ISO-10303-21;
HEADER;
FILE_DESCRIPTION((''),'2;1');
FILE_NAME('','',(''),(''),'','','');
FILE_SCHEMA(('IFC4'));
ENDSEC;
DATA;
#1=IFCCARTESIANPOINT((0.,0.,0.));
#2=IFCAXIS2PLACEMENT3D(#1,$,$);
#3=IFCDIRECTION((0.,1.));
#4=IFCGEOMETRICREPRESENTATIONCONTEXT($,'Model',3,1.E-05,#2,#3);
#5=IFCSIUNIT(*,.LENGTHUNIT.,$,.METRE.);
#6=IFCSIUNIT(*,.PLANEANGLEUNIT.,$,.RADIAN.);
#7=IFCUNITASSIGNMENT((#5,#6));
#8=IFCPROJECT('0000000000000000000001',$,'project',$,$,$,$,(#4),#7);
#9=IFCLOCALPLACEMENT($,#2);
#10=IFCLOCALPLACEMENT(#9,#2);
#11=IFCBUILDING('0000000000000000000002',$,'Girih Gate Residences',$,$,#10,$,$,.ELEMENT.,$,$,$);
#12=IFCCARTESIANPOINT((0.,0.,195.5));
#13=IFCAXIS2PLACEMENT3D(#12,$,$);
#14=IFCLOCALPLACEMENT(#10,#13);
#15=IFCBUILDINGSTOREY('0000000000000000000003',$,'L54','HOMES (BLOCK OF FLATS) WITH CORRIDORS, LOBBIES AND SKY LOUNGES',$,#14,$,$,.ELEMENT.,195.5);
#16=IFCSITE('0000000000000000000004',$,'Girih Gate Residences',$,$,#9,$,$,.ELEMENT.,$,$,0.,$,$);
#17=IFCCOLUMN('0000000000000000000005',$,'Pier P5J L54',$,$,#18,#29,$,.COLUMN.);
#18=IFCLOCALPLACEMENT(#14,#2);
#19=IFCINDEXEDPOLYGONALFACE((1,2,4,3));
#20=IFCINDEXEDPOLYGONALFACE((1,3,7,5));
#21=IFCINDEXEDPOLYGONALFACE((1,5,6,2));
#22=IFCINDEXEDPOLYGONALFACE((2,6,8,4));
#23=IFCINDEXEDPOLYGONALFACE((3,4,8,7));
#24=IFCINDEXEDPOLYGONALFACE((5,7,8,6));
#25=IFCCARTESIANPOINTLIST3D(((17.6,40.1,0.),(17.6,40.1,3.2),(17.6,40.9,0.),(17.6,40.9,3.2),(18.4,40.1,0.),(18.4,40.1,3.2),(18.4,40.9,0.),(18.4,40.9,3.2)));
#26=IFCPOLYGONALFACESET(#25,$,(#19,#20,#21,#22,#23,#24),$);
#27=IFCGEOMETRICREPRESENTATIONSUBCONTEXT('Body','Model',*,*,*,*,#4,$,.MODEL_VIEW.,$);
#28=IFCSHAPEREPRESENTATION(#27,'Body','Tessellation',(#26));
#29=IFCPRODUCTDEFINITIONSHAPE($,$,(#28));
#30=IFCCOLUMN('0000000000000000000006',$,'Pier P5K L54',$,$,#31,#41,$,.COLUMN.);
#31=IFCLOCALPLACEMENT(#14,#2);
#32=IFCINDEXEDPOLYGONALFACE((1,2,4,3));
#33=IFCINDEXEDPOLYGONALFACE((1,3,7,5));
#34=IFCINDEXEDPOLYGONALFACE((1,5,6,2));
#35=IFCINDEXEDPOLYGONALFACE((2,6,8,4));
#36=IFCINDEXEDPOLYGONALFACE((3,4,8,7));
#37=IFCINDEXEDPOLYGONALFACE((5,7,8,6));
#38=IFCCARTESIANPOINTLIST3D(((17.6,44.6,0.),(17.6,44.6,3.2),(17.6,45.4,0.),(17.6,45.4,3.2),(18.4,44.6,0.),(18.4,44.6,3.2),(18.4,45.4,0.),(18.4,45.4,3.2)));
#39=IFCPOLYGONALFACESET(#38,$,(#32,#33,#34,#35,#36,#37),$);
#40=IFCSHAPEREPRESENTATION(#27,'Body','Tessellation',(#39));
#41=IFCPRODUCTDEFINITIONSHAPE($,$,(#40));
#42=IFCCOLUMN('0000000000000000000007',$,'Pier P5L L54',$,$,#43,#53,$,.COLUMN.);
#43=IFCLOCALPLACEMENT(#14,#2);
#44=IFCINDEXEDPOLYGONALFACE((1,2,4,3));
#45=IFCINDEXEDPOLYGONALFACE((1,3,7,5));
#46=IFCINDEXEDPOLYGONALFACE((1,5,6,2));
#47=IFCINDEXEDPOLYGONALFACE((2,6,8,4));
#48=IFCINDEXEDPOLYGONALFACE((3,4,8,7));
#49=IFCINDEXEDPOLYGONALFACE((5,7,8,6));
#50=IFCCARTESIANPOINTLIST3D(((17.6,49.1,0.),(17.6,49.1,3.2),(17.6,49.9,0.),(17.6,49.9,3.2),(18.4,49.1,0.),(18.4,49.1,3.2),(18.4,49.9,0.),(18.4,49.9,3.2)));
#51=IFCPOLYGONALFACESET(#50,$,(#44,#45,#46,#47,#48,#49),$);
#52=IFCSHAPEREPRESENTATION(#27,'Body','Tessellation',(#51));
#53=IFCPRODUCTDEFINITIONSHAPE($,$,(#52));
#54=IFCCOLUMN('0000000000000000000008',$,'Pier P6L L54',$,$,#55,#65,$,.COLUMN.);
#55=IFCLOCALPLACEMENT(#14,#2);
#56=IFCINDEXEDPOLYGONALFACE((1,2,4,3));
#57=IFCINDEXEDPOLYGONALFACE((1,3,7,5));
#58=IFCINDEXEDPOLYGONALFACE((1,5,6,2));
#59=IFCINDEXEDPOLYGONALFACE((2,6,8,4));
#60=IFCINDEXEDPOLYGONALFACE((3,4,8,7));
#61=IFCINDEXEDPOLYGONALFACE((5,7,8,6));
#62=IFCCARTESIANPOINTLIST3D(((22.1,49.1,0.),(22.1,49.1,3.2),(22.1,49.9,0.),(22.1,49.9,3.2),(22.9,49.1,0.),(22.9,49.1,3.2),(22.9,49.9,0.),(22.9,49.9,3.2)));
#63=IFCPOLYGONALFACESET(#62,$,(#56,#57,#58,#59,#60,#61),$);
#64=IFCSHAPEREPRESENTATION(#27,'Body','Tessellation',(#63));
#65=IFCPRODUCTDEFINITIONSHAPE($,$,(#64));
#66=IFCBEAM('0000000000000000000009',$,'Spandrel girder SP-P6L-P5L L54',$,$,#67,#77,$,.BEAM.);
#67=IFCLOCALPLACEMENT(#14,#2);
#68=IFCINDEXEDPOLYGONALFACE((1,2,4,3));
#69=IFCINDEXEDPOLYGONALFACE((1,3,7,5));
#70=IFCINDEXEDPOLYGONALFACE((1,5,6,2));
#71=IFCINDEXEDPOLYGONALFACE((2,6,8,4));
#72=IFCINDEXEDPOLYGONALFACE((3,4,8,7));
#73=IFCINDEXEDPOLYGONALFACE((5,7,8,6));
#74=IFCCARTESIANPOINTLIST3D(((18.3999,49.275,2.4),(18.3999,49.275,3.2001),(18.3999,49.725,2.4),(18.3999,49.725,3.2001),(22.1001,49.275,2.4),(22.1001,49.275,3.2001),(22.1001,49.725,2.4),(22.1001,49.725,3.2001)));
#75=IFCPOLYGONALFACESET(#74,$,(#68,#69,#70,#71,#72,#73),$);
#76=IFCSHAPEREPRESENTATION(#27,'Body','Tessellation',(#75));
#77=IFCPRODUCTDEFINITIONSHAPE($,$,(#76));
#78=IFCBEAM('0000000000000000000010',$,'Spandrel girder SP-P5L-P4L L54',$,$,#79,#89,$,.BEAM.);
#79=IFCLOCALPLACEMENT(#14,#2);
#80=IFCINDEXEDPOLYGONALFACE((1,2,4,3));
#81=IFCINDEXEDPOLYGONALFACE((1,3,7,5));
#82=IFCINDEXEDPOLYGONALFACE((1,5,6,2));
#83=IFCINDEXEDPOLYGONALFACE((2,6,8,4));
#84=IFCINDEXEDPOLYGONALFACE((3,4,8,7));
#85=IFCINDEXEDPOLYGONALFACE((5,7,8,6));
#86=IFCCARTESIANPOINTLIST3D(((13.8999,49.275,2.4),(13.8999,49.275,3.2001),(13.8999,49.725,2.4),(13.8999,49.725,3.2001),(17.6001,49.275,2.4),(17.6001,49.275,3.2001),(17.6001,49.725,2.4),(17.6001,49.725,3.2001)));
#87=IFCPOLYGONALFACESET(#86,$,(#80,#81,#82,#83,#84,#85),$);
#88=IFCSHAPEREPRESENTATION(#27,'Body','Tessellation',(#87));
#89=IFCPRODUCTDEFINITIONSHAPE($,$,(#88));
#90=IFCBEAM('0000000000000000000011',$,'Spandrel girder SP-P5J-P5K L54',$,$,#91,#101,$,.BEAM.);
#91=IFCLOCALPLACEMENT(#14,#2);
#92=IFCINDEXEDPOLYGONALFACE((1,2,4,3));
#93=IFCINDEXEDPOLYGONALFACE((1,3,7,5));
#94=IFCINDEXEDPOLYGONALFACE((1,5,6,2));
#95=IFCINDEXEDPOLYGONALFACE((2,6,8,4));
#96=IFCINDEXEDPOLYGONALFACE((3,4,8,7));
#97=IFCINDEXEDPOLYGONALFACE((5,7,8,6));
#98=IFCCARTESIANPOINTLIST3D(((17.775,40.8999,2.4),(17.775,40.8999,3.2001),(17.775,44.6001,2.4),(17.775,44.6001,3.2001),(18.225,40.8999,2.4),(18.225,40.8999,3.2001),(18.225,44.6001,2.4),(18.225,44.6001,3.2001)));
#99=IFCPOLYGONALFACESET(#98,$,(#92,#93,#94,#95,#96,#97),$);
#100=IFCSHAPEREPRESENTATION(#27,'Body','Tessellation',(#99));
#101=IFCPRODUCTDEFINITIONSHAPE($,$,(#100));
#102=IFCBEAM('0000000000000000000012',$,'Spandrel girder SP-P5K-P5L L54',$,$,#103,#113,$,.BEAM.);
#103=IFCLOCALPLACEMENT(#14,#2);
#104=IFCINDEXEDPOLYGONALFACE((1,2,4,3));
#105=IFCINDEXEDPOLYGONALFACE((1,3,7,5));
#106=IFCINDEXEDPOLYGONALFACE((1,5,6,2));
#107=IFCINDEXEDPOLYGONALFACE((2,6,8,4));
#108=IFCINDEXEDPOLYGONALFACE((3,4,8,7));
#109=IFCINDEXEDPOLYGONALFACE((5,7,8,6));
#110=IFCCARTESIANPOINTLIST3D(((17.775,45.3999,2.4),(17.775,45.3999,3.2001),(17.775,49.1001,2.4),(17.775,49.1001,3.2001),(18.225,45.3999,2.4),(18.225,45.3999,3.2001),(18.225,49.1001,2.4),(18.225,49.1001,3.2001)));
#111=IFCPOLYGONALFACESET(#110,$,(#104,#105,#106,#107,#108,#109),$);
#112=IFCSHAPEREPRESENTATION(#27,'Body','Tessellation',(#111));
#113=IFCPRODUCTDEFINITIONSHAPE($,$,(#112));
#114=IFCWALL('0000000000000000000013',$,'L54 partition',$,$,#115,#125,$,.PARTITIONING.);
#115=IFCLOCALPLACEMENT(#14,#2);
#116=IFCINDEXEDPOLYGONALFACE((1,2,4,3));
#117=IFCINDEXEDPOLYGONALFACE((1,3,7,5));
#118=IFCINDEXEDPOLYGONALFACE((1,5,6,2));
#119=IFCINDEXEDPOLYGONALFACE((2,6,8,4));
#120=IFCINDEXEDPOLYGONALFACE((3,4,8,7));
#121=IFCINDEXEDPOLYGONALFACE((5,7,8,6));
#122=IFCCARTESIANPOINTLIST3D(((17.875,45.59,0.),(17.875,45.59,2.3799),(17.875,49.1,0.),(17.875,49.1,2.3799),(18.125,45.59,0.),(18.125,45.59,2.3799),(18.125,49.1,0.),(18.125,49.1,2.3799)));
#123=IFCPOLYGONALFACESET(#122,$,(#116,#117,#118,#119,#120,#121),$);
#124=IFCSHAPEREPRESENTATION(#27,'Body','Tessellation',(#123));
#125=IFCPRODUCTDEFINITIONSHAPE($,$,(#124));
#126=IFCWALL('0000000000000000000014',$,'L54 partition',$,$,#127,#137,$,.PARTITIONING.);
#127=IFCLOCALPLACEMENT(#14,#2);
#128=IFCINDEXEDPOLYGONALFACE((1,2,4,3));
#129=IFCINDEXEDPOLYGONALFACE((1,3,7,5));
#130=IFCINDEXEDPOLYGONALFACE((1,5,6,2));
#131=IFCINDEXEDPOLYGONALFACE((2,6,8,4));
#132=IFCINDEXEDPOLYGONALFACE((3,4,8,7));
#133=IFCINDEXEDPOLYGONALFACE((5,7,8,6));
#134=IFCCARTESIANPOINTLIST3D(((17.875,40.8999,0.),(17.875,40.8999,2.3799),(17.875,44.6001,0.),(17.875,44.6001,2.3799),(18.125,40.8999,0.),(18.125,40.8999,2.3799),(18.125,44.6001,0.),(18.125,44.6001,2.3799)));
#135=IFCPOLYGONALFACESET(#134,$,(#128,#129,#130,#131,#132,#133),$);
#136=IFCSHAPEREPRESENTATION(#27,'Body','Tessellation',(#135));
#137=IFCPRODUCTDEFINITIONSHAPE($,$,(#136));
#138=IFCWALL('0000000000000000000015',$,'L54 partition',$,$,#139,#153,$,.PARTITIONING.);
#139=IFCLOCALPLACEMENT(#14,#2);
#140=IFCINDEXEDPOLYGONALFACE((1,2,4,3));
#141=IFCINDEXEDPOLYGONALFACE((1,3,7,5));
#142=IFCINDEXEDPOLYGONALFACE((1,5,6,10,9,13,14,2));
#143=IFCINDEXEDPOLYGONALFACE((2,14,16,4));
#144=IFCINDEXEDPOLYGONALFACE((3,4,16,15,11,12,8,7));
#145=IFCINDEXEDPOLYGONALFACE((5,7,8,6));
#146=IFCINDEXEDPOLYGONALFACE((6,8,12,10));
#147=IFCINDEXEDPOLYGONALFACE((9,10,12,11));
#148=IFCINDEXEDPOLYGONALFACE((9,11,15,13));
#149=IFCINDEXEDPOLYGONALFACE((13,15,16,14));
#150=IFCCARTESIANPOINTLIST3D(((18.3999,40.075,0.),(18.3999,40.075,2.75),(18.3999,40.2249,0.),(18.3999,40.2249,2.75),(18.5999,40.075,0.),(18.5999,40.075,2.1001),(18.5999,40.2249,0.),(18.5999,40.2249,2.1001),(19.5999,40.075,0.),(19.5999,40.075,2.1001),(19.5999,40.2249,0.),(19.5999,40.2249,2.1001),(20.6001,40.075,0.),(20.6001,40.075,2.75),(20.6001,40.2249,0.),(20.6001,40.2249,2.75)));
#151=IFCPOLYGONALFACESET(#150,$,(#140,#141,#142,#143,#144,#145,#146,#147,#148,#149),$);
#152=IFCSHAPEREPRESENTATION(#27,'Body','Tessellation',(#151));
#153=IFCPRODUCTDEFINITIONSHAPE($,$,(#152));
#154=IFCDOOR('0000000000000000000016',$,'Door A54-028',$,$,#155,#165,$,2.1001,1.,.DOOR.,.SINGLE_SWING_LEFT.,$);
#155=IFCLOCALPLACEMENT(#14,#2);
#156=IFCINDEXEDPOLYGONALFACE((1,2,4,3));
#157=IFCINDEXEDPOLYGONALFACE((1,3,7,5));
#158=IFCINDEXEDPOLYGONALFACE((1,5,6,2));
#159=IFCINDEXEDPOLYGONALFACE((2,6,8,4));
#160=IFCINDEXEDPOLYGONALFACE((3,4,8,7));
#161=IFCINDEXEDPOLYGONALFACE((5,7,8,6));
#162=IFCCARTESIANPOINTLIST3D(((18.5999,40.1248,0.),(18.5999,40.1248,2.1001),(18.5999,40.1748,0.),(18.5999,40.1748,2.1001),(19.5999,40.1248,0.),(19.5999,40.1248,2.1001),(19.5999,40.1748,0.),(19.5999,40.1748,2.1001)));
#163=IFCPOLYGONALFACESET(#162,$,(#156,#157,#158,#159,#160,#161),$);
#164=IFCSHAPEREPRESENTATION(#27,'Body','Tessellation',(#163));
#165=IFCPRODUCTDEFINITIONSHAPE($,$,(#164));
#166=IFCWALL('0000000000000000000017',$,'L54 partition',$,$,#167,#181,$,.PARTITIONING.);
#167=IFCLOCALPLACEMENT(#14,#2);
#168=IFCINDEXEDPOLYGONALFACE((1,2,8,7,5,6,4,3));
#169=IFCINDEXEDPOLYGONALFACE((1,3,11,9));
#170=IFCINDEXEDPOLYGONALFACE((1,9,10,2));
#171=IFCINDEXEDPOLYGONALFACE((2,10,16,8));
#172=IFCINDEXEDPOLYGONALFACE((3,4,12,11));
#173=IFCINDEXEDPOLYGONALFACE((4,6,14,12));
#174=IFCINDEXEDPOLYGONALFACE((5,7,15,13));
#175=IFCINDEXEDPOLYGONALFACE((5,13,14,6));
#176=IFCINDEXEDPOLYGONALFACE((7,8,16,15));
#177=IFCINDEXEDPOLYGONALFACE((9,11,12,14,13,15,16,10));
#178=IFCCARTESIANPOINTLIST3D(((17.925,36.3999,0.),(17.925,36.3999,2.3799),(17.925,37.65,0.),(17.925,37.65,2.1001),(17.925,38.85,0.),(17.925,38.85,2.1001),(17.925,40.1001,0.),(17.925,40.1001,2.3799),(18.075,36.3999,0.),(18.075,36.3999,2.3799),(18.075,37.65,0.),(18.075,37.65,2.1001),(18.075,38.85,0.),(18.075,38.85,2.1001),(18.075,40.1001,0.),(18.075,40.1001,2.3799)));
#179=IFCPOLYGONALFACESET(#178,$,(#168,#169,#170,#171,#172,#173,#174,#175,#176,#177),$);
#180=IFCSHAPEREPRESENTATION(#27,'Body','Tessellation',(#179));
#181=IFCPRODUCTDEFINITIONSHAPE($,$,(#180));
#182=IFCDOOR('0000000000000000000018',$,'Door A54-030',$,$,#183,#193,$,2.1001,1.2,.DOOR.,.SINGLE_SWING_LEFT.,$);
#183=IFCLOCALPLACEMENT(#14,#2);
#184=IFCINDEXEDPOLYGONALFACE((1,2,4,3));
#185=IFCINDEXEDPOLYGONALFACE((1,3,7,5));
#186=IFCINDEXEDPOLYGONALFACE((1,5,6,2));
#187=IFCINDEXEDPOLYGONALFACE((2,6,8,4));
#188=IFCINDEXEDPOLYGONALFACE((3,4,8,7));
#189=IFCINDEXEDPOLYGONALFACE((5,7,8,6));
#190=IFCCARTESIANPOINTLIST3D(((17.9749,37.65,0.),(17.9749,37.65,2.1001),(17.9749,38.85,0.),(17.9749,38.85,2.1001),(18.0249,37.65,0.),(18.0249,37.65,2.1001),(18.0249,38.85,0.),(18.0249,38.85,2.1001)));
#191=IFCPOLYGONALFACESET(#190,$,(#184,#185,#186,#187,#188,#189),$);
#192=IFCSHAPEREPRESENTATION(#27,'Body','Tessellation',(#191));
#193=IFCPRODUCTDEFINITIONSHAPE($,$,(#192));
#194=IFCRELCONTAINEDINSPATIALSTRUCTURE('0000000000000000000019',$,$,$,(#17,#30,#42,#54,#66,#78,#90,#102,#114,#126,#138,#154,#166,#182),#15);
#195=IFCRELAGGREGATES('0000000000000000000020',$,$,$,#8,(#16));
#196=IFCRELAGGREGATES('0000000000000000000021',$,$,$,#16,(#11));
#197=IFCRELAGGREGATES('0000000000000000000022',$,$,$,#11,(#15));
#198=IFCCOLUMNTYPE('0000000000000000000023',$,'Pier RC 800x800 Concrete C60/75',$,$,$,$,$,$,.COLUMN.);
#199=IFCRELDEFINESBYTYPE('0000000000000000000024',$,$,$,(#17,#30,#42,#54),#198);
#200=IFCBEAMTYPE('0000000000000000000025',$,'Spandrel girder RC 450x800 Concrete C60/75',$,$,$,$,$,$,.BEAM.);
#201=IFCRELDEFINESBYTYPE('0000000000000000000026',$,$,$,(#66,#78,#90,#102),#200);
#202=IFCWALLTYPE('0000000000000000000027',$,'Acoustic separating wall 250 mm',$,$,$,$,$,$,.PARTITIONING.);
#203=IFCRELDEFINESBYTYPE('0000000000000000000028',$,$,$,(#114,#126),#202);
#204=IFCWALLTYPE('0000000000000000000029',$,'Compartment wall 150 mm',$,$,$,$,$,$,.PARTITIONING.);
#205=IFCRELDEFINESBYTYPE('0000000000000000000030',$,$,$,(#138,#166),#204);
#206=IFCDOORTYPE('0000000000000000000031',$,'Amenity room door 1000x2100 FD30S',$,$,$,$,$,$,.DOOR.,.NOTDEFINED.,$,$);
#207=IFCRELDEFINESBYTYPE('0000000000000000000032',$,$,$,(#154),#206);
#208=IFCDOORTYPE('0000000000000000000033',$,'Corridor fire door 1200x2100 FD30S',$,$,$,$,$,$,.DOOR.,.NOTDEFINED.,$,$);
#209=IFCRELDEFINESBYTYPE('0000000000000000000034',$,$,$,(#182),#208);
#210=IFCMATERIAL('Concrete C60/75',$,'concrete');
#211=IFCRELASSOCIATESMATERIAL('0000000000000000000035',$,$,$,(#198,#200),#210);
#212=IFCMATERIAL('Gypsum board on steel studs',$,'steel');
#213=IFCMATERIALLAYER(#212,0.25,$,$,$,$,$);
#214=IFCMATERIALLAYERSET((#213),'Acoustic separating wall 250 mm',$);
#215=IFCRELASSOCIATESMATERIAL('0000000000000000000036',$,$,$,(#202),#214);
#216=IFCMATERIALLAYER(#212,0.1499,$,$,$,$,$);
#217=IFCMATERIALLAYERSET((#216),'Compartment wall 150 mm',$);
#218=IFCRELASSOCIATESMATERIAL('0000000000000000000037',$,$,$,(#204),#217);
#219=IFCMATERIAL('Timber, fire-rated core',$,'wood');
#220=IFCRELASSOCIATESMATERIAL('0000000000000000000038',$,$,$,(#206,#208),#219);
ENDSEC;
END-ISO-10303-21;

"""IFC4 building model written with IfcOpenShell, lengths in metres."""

from ifc_helpers import new_model, si_unit, direction, frame, frame_2d, origin, origin_2d, place, context, subcontext, project, spatial, rectangle, extrude, material, layer, layer_set, material_profile, profile_set, type_object, element, fill, save


model = new_model("IFC4")

# Units and contexts
model_context = context("Model", 3, precision=1e-05, world=origin(), true_north=direction((0.0, 1.0)))
body_context = subcontext(model_context, "Body", "Model", "MODEL_VIEW")
ifc_project = project(units=[si_unit("LENGTHUNIT", "METRE"), si_unit("PLANEANGLEUNIT", "RADIAN")], contexts=[model_context])

# Site, building, storey
site_placement = place(None, origin())
site = spatial("IfcSite", under=ifc_project, at=site_placement, Name="Girih Gate Residences", CompositionType="ELEMENT", RefElevation=0.0)
building_placement = place(site_placement, origin())
building = spatial("IfcBuilding", under=site, at=building_placement, Name="Girih Gate Residences", CompositionType="ELEMENT")
storey_placement = place(building_placement, frame((0.0, 0.0, 195.5)))
storey = spatial("IfcBuildingStorey", under=building, at=storey_placement, Name="L54", Description="HOMES (BLOCK OF FLATS) WITH CORRIDORS, LOBBIES AND SKY LOUNGES", CompositionType="ELEMENT", Elevation=195.5)

# Columns
ifc_material_1 = material(Name="Concrete C60/75", Category="concrete")
ifc_material_profile_1 = material_profile(ifc_material_1, rectangle(XDim=0.8, YDim=0.8, at=origin_2d()))
ifc_profile_set_1 = profile_set([ifc_material_profile_1], Name="Concrete C60/75")
column_type = type_object("IfcColumnType", Name="Pier RC 800x800 Concrete C60/75", PredefinedType="COLUMN", material=ifc_profile_set_1)
for number, where, z_axis, x_axis, name in (
    (1, (18.0, 40.5, 0.0), (0.0, 0.0, 1.0), (1.0, 0.0, 0.0), "Pier P5J L54"),
    (2, (18.0, 45.0, 0.0), (0.0, 0.0, 1.0), (1.0, 0.0, 0.0), "Pier P5K L54"),
    (3, (18.0, 49.5, 0.0), (0.0, 0.0, 1.0), (1.0, 0.0, 0.0), "Pier P5L L54"),
    (4, (22.5, 49.5, 0.0), (0.0, 0.0, 1.0), (1.0, 0.0, 0.0), "Pier P6L L54"),
):
    element("IfcColumn", number, at=place(storey_placement, frame(where, z_axis=z_axis, x_axis=x_axis)), inside=storey, type_object=column_type, Name=name, PredefinedType="COLUMN", context=body_context, shape_type="SweptSolid", body=[
        extrude(rectangle(XDim=0.8, YDim=0.8, at=origin_2d()), origin(), (0.0, 0.0, 1.0), 3.2),
    ])

# Beams
ifc_material_profile_2 = material_profile(ifc_material_1, rectangle(XDim=0.45, YDim=0.8, at=origin_2d()))
ifc_profile_set_2 = profile_set([ifc_material_profile_2], Name="Concrete C60/75")
beam_type = type_object("IfcBeamType", Name="Spandrel girder RC 450x800 Concrete C60/75", PredefinedType="BEAM", material=ifc_profile_set_2)
for number, where, z_axis, x_axis, name in (
    (5, (22.1001, 49.5, 2.8), (-1.0, 0.0, 0.0), (0.0, -1.0, 0.0), "Spandrel girder SP-P6L-P5L L54"),
    (6, (17.6001, 49.5, 2.8), (-1.0, 0.0, 0.0), (0.0, -1.0, 0.0), "Spandrel girder SP-P5L-P4L L54"),
    (7, (18.0, 40.8999, 2.8), (0.0, 1.0, 0.0), (-1.0, 0.0, 0.0), "Spandrel girder SP-P5J-P5K L54"),
    (8, (18.0, 45.3999, 2.8), (0.0, 1.0, 0.0), (-1.0, 0.0, 0.0), "Spandrel girder SP-P5K-P5L L54"),
):
    element("IfcBeam", number, at=place(storey_placement, frame(where, z_axis=z_axis, x_axis=x_axis)), inside=storey, type_object=beam_type, Name=name, PredefinedType="BEAM", context=body_context, shape_type="SweptSolid", body=[
        extrude(rectangle(XDim=0.45, YDim=0.8, at=origin_2d()), origin(), (0.0, 0.0, 1.0), 3.7002),
    ])

# Walls
ifc_material_2 = material(Name="Gypsum board on steel studs", Category="steel")
ifc_layer_1 = layer(ifc_material_2, 0.25)
ifc_layer_set_1 = layer_set([ifc_layer_1], Name="Acoustic separating wall 250 mm")
wall_type_1 = type_object("IfcWallType", Name="Acoustic separating wall 250 mm", PredefinedType="PARTITIONING", material=ifc_layer_set_1)
wall_1_placement = place(storey_placement, frame((18.0, 45.5901, 0.0), z_axis=(0.0, 0.0, 1.0), x_axis=(0.0, 1.0, 0.0)))
element("IfcWall", 9, at=wall_1_placement, inside=storey, type_object=wall_type_1, Name="L54 partition", PredefinedType="PARTITIONING", context=body_context, shape_type="SweptSolid", body=[
    extrude(rectangle(XDim=3.51, YDim=0.25, at=frame_2d((1.7549, 0.0))), origin(), (0.0, 0.0, 1.0), 2.3799),
])
wall_2_placement = place(storey_placement, frame((18.0, 40.8999, 0.0), z_axis=(0.0, 0.0, 1.0), x_axis=(0.0, 1.0, 0.0)))
element("IfcWall", 10, at=wall_2_placement, inside=storey, type_object=wall_type_1, Name="L54 partition", PredefinedType="PARTITIONING", context=body_context, shape_type="SweptSolid", body=[
    extrude(rectangle(XDim=3.7002, YDim=0.25, at=frame_2d((1.8501, 0.0))), origin(), (0.0, 0.0, 1.0), 2.3799),
])

# Walls, openings, doors
ifc_layer_2 = layer(ifc_material_2, 0.1499)
ifc_layer_set_2 = layer_set([ifc_layer_2], Name="Compartment wall 150 mm")
wall_type_2 = type_object("IfcWallType", Name="Compartment wall 150 mm", PredefinedType="PARTITIONING", material=ifc_layer_set_2)
ifc_material_3 = material(Name="Timber, fire-rated core", Category="wood")
wall_3_placement = place(storey_placement, frame((18.3999, 40.1499, 0.0), z_axis=(0.0, 0.0, 1.0), x_axis=(1.0, 0.0, 0.0)))
wall_3 = element("IfcWall", 11, at=wall_3_placement, inside=storey, type_object=wall_type_2, Name="L54 partition", PredefinedType="PARTITIONING", context=body_context, shape_type="SweptSolid", body=[
    extrude(rectangle(XDim=2.2002, YDim=0.1499, at=frame_2d((1.1001, 0.0))), origin(), (0.0, 0.0, 1.0), 2.75),
])
opening_1_placement = place(wall_3_placement, frame((0.2, 0.0, 0.0)))
opening_1 = element("IfcOpeningElement", 12, at=opening_1_placement, cuts=wall_3, PredefinedType="OPENING", context=body_context, shape_type="SweptSolid", body=[
    extrude(rectangle(XDim=1.0, YDim=2.1001, at=frame_2d((0.5, 1.05))), frame((0.0, 0.085, 0.0), z_axis=(0.0, -1.0, 0.0), x_axis=(1.0, 0.0, 0.0)), (0.0, 0.0, 1.0), 0.1699),
])
door_type_1 = type_object("IfcDoorType", Name="Amenity room door 1000x2100 FD30S", OperationType="NOTDEFINED", PredefinedType="DOOR", material=ifc_material_3)
door_1_placement = place(opening_1_placement, origin())
door_1 = element("IfcDoor", 13, at=door_1_placement, inside=storey, type_object=door_type_1, Name="Door A54-028", OperationType="SINGLE_SWING_LEFT", OverallHeight=2.1001, OverallWidth=1.0, PredefinedType="DOOR", context=body_context, shape_type="SweptSolid", body=[
    extrude(rectangle(XDim=1.0, YDim=2.1001, at=frame_2d((0.5, 1.05))), frame((0.0, 0.0249, 0.0), z_axis=(0.0, -1.0, 0.0), x_axis=(1.0, 0.0, 0.0)), (0.0, 0.0, 1.0), 0.05),
])
fill(opening_1, door_1)
wall_4_placement = place(storey_placement, frame((18.0, 40.1001, 0.0), z_axis=(0.0, 0.0, 1.0), x_axis=(0.0, -1.0, 0.0)))
wall_4 = element("IfcWall", 14, at=wall_4_placement, inside=storey, type_object=wall_type_2, Name="L54 partition", PredefinedType="PARTITIONING", context=body_context, shape_type="SweptSolid", body=[
    extrude(rectangle(XDim=3.7002, YDim=0.1499, at=frame_2d((1.8501, 0.0))), origin(), (0.0, 0.0, 1.0), 2.3799),
])
opening_2_placement = place(wall_4_placement, frame((1.25, 0.0, 0.0)))
opening_2 = element("IfcOpeningElement", 15, at=opening_2_placement, cuts=wall_4, PredefinedType="OPENING", context=body_context, shape_type="SweptSolid", body=[
    extrude(rectangle(XDim=1.2, YDim=2.1001, at=frame_2d((0.6001, 1.05))), frame((0.0, 0.085, 0.0), z_axis=(0.0, -1.0, 0.0), x_axis=(1.0, 0.0, 0.0)), (0.0, 0.0, 1.0), 0.1699),
])
door_type_2 = type_object("IfcDoorType", Name="Corridor fire door 1200x2100 FD30S", OperationType="NOTDEFINED", PredefinedType="DOOR", material=ifc_material_3)
door_2_placement = place(opening_2_placement, origin())
door_2 = element("IfcDoor", 16, at=door_2_placement, inside=storey, type_object=door_type_2, Name="Door A54-030", OperationType="SINGLE_SWING_LEFT", OverallHeight=2.1001, OverallWidth=1.2, PredefinedType="DOOR", context=body_context, shape_type="SweptSolid", body=[
    extrude(rectangle(XDim=1.2, YDim=2.1001, at=frame_2d((0.6001, 1.05))), frame((0.0, 0.0249, 0.0), z_axis=(0.0, -1.0, 0.0), x_axis=(1.0, 0.0, 0.0)), (0.0, 0.0, 1.0), 0.05),
])
fill(opening_2, door_2)

save(model, "model.ifc")
